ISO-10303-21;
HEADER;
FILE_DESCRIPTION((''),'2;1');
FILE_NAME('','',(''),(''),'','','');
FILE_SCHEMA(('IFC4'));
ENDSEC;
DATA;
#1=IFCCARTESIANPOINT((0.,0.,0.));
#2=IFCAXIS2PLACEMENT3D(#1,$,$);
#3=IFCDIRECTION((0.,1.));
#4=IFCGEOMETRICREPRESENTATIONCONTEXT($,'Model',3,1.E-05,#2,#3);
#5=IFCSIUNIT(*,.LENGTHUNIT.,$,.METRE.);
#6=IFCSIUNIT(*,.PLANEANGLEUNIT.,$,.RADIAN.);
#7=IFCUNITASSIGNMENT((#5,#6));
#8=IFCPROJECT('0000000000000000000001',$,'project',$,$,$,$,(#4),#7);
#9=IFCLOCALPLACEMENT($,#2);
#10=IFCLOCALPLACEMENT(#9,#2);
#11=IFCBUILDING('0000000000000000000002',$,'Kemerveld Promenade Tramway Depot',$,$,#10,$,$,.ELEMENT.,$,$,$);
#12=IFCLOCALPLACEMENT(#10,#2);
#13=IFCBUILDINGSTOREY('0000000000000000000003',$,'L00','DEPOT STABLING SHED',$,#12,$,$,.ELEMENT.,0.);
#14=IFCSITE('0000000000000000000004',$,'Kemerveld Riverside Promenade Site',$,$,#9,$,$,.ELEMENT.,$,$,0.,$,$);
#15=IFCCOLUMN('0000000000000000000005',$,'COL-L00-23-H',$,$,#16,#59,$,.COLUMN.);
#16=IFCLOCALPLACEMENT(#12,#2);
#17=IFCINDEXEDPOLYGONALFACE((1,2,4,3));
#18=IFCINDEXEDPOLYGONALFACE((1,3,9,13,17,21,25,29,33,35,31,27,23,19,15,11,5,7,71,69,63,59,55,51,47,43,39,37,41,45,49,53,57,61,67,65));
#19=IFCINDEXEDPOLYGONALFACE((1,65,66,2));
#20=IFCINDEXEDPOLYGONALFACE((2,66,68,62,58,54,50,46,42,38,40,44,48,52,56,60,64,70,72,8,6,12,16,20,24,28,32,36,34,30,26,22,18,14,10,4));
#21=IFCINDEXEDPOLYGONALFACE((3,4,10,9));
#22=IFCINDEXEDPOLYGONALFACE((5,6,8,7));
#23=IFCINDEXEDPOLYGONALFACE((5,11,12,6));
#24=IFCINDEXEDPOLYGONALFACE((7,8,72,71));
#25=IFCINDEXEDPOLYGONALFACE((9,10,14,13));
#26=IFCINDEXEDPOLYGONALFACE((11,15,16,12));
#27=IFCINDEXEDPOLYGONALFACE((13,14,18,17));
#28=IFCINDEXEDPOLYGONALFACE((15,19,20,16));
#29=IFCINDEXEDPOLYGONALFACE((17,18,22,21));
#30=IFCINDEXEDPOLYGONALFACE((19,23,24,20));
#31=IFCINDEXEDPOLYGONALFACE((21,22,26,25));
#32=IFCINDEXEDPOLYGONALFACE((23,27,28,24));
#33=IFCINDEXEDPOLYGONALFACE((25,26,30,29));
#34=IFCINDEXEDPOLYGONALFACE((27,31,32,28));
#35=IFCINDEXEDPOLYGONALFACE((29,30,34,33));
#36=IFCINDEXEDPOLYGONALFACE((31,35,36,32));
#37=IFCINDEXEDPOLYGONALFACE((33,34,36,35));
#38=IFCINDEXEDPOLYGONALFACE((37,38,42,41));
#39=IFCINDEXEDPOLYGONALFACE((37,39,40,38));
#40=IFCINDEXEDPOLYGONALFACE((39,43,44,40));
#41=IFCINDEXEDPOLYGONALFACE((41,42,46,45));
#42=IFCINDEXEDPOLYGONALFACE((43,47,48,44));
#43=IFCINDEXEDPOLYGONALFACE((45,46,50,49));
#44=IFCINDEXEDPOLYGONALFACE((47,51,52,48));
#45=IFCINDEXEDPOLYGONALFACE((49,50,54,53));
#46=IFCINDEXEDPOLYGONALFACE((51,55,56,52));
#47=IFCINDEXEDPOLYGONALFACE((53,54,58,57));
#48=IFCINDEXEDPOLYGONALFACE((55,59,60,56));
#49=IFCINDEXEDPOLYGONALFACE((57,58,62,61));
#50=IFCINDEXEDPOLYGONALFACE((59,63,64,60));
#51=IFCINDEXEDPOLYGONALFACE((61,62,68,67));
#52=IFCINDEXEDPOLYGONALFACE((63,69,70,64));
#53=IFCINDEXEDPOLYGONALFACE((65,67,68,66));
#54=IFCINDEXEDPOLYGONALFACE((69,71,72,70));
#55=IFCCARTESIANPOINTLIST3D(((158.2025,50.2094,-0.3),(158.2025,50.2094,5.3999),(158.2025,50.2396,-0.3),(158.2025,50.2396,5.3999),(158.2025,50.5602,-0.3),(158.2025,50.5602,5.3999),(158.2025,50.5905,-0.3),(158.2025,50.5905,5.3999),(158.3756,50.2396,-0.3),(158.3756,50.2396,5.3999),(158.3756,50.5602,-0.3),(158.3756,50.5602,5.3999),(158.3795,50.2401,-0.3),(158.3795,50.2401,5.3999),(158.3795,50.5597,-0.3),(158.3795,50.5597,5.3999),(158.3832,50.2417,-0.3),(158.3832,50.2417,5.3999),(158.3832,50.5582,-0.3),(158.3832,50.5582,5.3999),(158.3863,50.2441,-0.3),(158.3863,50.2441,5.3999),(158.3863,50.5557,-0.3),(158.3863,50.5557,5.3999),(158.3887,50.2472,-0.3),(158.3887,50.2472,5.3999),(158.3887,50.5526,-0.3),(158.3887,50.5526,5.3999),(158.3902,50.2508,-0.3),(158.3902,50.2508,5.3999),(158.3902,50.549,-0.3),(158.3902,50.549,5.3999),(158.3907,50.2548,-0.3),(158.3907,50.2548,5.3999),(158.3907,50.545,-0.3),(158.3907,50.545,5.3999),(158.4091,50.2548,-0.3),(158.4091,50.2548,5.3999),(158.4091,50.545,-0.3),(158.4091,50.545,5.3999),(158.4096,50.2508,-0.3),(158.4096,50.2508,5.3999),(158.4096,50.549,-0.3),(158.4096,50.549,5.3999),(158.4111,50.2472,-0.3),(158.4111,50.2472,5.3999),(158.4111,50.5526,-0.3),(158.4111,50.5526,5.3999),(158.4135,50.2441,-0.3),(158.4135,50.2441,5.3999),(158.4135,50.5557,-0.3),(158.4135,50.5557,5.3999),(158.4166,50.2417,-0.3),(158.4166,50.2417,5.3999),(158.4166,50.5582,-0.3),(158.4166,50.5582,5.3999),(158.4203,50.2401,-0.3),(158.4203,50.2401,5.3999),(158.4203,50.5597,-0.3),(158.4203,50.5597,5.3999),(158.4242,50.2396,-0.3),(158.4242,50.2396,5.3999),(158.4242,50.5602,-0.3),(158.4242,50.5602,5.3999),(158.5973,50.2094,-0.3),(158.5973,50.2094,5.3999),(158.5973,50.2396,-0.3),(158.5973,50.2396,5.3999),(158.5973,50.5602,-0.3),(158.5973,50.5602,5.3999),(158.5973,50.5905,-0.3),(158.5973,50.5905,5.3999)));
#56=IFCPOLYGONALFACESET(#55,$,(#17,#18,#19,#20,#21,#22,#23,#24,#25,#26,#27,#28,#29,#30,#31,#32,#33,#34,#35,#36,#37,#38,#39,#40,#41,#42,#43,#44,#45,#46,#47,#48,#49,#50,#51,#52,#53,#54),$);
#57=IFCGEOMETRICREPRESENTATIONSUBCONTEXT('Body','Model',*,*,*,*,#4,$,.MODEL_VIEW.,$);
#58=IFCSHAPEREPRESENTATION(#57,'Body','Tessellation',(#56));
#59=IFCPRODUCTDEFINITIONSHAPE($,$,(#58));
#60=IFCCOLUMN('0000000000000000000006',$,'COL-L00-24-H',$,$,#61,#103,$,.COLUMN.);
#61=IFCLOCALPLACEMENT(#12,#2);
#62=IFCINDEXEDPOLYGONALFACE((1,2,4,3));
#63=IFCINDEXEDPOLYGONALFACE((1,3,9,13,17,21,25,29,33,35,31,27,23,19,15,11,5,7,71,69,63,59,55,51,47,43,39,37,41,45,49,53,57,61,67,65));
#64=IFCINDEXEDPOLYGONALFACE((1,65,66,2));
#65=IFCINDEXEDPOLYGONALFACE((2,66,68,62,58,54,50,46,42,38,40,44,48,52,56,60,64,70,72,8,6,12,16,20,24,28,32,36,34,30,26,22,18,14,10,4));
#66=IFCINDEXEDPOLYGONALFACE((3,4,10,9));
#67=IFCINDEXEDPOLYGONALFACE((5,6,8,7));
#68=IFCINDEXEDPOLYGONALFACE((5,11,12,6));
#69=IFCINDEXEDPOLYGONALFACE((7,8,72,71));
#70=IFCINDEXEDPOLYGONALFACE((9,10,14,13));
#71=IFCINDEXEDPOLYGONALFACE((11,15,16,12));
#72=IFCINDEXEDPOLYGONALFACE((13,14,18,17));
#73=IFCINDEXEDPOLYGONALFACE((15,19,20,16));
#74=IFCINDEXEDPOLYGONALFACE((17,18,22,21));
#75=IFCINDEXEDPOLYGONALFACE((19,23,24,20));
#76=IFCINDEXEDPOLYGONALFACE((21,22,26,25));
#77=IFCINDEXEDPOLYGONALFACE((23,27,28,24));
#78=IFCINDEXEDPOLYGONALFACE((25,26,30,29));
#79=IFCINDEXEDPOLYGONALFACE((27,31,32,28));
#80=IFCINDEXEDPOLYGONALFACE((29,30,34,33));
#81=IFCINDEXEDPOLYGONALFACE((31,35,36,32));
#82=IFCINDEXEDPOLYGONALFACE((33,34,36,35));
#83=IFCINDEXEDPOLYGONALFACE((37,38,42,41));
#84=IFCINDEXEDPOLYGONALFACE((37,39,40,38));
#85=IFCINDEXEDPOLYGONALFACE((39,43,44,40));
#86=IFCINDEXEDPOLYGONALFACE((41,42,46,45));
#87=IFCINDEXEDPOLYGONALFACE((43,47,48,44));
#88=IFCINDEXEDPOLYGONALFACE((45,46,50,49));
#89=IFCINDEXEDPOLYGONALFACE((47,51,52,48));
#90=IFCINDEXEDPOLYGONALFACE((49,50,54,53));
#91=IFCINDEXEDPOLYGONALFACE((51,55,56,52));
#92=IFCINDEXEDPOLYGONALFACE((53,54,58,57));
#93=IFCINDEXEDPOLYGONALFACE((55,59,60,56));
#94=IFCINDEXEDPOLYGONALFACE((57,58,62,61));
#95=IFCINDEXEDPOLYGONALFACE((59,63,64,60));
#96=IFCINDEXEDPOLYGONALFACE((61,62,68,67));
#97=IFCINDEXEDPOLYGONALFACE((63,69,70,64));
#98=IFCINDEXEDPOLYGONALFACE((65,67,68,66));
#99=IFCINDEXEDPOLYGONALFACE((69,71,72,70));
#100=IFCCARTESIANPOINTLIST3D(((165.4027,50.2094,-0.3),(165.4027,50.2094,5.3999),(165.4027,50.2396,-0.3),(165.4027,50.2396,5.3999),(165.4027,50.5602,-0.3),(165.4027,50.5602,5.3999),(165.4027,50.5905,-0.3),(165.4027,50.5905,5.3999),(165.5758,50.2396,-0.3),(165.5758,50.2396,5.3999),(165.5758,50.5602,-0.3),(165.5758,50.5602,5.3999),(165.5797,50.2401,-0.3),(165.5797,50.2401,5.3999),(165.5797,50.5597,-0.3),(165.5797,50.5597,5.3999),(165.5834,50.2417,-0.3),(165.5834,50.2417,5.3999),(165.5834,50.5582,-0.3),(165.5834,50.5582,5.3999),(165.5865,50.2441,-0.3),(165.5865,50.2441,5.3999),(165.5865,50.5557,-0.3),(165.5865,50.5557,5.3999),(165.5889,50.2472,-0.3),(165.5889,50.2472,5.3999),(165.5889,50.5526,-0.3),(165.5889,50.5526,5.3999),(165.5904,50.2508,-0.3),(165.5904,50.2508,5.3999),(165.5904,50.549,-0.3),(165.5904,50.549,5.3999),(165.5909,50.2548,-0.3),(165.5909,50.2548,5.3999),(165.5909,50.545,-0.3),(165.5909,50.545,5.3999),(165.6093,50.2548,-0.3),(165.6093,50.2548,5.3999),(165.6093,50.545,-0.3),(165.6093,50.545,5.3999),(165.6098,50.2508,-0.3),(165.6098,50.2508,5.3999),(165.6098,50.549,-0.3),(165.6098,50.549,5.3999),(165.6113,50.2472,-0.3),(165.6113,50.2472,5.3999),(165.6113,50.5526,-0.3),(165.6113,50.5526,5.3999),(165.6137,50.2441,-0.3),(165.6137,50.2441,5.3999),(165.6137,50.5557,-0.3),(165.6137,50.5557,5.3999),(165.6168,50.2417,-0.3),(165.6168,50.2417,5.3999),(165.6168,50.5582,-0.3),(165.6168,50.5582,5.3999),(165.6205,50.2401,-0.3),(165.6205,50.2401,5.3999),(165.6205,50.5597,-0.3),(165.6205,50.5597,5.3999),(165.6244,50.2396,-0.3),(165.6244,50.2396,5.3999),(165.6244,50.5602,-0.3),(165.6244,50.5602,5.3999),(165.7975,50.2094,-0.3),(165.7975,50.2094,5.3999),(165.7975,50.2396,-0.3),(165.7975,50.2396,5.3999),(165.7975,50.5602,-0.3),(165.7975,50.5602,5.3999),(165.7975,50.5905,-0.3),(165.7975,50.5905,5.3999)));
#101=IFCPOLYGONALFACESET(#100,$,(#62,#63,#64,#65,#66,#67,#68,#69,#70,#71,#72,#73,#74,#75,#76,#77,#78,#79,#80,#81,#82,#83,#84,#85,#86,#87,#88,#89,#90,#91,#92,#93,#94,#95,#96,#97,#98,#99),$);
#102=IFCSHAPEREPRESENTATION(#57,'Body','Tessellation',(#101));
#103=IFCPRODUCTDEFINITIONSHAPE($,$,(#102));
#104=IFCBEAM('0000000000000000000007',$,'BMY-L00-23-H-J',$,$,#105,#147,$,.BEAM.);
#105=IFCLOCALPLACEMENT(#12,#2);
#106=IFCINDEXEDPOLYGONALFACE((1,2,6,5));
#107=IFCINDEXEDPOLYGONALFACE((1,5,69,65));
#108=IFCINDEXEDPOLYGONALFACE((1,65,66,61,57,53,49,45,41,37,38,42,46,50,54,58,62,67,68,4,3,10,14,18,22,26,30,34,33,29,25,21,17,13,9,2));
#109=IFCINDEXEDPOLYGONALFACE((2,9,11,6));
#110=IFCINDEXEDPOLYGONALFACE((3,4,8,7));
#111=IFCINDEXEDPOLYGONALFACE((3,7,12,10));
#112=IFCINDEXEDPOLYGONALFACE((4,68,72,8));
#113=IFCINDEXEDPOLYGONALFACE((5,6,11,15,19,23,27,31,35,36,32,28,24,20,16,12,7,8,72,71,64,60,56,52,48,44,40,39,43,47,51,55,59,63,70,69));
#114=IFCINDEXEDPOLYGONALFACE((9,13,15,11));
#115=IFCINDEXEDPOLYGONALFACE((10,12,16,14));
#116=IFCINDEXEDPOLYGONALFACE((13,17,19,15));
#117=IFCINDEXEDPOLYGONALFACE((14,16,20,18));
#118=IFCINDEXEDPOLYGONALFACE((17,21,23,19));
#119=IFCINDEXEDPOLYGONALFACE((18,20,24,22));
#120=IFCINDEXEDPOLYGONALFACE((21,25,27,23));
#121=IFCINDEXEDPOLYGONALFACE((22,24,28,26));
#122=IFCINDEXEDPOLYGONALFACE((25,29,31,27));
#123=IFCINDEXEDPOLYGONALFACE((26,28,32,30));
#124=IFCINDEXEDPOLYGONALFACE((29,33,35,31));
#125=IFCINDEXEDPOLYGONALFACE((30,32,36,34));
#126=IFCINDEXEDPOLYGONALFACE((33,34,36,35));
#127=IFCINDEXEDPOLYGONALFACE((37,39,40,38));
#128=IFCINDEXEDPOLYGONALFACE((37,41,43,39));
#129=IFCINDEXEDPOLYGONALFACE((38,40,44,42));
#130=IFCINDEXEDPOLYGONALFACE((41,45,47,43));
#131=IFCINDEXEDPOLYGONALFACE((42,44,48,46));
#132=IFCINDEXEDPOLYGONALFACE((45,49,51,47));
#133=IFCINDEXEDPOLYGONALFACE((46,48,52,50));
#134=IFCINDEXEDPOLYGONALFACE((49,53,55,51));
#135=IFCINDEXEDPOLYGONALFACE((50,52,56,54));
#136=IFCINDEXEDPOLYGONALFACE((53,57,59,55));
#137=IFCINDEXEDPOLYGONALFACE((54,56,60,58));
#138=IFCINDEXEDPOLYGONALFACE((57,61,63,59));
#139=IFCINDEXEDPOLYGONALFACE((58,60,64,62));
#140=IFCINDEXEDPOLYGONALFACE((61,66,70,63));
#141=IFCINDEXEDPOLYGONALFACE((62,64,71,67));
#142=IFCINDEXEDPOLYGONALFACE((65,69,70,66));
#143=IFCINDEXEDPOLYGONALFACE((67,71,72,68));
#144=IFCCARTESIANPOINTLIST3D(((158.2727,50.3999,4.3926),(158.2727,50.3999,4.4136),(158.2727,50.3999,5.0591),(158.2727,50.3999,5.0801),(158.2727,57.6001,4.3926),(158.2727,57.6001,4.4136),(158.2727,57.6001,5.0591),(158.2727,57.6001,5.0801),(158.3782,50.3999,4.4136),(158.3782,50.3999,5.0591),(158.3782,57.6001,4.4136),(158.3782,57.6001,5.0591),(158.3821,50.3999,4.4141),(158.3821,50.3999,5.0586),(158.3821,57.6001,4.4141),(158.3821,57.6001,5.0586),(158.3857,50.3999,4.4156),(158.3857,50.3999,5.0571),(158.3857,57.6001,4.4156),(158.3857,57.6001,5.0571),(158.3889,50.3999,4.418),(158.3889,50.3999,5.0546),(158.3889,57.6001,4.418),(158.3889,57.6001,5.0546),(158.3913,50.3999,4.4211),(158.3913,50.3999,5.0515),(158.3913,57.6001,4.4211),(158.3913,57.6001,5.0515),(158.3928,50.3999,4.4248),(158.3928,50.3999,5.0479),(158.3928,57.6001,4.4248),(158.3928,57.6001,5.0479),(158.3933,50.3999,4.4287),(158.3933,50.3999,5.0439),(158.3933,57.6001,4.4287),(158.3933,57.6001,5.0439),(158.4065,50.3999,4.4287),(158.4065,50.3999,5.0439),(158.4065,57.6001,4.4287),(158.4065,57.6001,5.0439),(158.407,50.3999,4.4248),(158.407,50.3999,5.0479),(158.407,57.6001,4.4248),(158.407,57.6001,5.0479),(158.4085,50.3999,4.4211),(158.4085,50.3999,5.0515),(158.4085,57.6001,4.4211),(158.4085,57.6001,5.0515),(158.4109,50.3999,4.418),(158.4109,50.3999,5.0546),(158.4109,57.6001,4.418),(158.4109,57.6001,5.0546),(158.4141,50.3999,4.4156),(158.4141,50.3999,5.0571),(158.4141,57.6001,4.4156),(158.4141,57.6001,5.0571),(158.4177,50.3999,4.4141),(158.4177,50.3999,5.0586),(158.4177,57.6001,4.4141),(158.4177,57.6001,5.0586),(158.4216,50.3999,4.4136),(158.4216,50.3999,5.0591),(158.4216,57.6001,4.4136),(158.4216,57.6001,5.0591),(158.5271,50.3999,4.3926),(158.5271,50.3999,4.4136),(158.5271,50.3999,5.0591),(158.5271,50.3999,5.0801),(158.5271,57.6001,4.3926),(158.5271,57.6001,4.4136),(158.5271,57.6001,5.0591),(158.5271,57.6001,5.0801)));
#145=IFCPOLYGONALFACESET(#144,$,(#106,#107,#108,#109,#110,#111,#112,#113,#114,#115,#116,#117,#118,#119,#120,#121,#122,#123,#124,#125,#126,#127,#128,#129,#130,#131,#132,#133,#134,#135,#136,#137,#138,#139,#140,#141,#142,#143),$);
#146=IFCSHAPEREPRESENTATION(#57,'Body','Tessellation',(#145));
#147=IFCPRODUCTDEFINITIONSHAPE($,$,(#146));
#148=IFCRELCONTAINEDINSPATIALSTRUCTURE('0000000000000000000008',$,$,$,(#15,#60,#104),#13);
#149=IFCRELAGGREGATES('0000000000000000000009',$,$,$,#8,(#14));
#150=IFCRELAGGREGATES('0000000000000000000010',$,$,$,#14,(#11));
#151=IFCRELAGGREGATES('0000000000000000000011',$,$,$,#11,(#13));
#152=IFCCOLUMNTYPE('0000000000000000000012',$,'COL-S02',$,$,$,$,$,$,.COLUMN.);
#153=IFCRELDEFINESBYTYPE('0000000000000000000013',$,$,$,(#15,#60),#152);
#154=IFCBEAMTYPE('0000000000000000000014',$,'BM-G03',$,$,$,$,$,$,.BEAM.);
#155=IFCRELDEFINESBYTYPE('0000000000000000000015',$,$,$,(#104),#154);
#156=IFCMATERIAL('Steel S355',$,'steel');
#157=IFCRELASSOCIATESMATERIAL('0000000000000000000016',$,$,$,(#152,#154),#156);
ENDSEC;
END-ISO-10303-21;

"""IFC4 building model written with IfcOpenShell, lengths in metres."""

from ifc_helpers import new_model, si_unit, direction, frame, origin, origin_2d, place, context, subcontext, project, spatial, i_section, extrude, material, material_profile, profile_set, type_object, element, save


model = new_model("IFC4")

# Units and contexts
model_context = context("Model", 3, precision=1e-05, world=origin(), true_north=direction((0.0, 1.0)))
body_context = subcontext(model_context, "Body", "Model", "MODEL_VIEW")
ifc_project = project(units=[si_unit("LENGTHUNIT", "METRE"), si_unit("PLANEANGLEUNIT", "RADIAN")], contexts=[model_context])

# Site, building, storey
site_placement = place(None, origin())
site = spatial("IfcSite", under=ifc_project, at=site_placement, Name="Kemerveld Riverside Promenade Site", CompositionType="ELEMENT", RefElevation=0.0)
building_placement = place(site_placement, origin())
building = spatial("IfcBuilding", under=site, at=building_placement, Name="Kemerveld Promenade Tramway Depot", CompositionType="ELEMENT")
storey_placement = place(building_placement, origin())
storey = spatial("IfcBuildingStorey", under=building, at=storey_placement, Name="L00", Description="DEPOT STABLING SHED", CompositionType="ELEMENT", Elevation=0.0)

# Columns
ifc_material_1 = material(Name="Steel S355", Category="steel")
ifc_material_profile_1 = material_profile(ifc_material_1, i_section(OverallWidth=0.3948, OverallDepth=0.3811, WebThickness=0.0183, FlangeThickness=0.0303, FilletRadius=0.0151, at=origin_2d()), Name="356x406x235 UC")
ifc_profile_set_1 = profile_set([ifc_material_profile_1], Name="Steel S355")
column_type = type_object("IfcColumnType", Name="COL-S02", PredefinedType="COLUMN", material=ifc_profile_set_1)
for number, where, z_axis, x_axis, name in (
    (1, (158.3999, 50.3999, -0.3), (0.0, 0.0, 1.0), (1.0, 0.0, 0.0), "COL-L00-23-H"),
    (2, (165.6001, 50.3999, -0.3), (0.0, 0.0, 1.0), (1.0, 0.0, 0.0), "COL-L00-24-H"),
):
    element("IfcColumn", number, at=place(storey_placement, frame(where, z_axis=z_axis, x_axis=x_axis)), inside=storey, type_object=column_type, Name=name, PredefinedType="COLUMN", context=body_context, shape_type="SweptSolid", body=[
        extrude(i_section(OverallWidth=0.3948, OverallDepth=0.3811, WebThickness=0.0183, FlangeThickness=0.0303, FilletRadius=0.0151, at=origin_2d()), origin(), (0.0, 0.0, 1.0), 5.7),
    ])

# Beam
ifc_material_profile_2 = material_profile(ifc_material_1, i_section(OverallWidth=0.2544, OverallDepth=0.6875, WebThickness=0.0132, FlangeThickness=0.021, FilletRadius=0.0151, at=origin_2d()), Name="686x254x152 UB")
ifc_profile_set_2 = profile_set([ifc_material_profile_2], Name="Steel S355")
beam_type_1 = type_object("IfcBeamType", Name="BM-G03", PredefinedType="BEAM", material=ifc_profile_set_2)
beam_1_placement = place(storey_placement, frame((158.3999, 50.3999, 4.7363), z_axis=(0.0, 1.0, 0.0), x_axis=(-1.0, 0.0, 0.0)))
element("IfcBeam", 3, at=beam_1_placement, inside=storey, type_object=beam_type_1, Name="BMY-L00-23-H-J", PredefinedType="BEAM", context=body_context, shape_type="SweptSolid", body=[
    extrude(i_section(OverallWidth=0.2544, OverallDepth=0.6875, WebThickness=0.0132, FlangeThickness=0.021, FilletRadius=0.0151, at=origin_2d()), origin(), (0.0, 0.0, 1.0), 7.2002),
])

save(model, "model.ifc")
